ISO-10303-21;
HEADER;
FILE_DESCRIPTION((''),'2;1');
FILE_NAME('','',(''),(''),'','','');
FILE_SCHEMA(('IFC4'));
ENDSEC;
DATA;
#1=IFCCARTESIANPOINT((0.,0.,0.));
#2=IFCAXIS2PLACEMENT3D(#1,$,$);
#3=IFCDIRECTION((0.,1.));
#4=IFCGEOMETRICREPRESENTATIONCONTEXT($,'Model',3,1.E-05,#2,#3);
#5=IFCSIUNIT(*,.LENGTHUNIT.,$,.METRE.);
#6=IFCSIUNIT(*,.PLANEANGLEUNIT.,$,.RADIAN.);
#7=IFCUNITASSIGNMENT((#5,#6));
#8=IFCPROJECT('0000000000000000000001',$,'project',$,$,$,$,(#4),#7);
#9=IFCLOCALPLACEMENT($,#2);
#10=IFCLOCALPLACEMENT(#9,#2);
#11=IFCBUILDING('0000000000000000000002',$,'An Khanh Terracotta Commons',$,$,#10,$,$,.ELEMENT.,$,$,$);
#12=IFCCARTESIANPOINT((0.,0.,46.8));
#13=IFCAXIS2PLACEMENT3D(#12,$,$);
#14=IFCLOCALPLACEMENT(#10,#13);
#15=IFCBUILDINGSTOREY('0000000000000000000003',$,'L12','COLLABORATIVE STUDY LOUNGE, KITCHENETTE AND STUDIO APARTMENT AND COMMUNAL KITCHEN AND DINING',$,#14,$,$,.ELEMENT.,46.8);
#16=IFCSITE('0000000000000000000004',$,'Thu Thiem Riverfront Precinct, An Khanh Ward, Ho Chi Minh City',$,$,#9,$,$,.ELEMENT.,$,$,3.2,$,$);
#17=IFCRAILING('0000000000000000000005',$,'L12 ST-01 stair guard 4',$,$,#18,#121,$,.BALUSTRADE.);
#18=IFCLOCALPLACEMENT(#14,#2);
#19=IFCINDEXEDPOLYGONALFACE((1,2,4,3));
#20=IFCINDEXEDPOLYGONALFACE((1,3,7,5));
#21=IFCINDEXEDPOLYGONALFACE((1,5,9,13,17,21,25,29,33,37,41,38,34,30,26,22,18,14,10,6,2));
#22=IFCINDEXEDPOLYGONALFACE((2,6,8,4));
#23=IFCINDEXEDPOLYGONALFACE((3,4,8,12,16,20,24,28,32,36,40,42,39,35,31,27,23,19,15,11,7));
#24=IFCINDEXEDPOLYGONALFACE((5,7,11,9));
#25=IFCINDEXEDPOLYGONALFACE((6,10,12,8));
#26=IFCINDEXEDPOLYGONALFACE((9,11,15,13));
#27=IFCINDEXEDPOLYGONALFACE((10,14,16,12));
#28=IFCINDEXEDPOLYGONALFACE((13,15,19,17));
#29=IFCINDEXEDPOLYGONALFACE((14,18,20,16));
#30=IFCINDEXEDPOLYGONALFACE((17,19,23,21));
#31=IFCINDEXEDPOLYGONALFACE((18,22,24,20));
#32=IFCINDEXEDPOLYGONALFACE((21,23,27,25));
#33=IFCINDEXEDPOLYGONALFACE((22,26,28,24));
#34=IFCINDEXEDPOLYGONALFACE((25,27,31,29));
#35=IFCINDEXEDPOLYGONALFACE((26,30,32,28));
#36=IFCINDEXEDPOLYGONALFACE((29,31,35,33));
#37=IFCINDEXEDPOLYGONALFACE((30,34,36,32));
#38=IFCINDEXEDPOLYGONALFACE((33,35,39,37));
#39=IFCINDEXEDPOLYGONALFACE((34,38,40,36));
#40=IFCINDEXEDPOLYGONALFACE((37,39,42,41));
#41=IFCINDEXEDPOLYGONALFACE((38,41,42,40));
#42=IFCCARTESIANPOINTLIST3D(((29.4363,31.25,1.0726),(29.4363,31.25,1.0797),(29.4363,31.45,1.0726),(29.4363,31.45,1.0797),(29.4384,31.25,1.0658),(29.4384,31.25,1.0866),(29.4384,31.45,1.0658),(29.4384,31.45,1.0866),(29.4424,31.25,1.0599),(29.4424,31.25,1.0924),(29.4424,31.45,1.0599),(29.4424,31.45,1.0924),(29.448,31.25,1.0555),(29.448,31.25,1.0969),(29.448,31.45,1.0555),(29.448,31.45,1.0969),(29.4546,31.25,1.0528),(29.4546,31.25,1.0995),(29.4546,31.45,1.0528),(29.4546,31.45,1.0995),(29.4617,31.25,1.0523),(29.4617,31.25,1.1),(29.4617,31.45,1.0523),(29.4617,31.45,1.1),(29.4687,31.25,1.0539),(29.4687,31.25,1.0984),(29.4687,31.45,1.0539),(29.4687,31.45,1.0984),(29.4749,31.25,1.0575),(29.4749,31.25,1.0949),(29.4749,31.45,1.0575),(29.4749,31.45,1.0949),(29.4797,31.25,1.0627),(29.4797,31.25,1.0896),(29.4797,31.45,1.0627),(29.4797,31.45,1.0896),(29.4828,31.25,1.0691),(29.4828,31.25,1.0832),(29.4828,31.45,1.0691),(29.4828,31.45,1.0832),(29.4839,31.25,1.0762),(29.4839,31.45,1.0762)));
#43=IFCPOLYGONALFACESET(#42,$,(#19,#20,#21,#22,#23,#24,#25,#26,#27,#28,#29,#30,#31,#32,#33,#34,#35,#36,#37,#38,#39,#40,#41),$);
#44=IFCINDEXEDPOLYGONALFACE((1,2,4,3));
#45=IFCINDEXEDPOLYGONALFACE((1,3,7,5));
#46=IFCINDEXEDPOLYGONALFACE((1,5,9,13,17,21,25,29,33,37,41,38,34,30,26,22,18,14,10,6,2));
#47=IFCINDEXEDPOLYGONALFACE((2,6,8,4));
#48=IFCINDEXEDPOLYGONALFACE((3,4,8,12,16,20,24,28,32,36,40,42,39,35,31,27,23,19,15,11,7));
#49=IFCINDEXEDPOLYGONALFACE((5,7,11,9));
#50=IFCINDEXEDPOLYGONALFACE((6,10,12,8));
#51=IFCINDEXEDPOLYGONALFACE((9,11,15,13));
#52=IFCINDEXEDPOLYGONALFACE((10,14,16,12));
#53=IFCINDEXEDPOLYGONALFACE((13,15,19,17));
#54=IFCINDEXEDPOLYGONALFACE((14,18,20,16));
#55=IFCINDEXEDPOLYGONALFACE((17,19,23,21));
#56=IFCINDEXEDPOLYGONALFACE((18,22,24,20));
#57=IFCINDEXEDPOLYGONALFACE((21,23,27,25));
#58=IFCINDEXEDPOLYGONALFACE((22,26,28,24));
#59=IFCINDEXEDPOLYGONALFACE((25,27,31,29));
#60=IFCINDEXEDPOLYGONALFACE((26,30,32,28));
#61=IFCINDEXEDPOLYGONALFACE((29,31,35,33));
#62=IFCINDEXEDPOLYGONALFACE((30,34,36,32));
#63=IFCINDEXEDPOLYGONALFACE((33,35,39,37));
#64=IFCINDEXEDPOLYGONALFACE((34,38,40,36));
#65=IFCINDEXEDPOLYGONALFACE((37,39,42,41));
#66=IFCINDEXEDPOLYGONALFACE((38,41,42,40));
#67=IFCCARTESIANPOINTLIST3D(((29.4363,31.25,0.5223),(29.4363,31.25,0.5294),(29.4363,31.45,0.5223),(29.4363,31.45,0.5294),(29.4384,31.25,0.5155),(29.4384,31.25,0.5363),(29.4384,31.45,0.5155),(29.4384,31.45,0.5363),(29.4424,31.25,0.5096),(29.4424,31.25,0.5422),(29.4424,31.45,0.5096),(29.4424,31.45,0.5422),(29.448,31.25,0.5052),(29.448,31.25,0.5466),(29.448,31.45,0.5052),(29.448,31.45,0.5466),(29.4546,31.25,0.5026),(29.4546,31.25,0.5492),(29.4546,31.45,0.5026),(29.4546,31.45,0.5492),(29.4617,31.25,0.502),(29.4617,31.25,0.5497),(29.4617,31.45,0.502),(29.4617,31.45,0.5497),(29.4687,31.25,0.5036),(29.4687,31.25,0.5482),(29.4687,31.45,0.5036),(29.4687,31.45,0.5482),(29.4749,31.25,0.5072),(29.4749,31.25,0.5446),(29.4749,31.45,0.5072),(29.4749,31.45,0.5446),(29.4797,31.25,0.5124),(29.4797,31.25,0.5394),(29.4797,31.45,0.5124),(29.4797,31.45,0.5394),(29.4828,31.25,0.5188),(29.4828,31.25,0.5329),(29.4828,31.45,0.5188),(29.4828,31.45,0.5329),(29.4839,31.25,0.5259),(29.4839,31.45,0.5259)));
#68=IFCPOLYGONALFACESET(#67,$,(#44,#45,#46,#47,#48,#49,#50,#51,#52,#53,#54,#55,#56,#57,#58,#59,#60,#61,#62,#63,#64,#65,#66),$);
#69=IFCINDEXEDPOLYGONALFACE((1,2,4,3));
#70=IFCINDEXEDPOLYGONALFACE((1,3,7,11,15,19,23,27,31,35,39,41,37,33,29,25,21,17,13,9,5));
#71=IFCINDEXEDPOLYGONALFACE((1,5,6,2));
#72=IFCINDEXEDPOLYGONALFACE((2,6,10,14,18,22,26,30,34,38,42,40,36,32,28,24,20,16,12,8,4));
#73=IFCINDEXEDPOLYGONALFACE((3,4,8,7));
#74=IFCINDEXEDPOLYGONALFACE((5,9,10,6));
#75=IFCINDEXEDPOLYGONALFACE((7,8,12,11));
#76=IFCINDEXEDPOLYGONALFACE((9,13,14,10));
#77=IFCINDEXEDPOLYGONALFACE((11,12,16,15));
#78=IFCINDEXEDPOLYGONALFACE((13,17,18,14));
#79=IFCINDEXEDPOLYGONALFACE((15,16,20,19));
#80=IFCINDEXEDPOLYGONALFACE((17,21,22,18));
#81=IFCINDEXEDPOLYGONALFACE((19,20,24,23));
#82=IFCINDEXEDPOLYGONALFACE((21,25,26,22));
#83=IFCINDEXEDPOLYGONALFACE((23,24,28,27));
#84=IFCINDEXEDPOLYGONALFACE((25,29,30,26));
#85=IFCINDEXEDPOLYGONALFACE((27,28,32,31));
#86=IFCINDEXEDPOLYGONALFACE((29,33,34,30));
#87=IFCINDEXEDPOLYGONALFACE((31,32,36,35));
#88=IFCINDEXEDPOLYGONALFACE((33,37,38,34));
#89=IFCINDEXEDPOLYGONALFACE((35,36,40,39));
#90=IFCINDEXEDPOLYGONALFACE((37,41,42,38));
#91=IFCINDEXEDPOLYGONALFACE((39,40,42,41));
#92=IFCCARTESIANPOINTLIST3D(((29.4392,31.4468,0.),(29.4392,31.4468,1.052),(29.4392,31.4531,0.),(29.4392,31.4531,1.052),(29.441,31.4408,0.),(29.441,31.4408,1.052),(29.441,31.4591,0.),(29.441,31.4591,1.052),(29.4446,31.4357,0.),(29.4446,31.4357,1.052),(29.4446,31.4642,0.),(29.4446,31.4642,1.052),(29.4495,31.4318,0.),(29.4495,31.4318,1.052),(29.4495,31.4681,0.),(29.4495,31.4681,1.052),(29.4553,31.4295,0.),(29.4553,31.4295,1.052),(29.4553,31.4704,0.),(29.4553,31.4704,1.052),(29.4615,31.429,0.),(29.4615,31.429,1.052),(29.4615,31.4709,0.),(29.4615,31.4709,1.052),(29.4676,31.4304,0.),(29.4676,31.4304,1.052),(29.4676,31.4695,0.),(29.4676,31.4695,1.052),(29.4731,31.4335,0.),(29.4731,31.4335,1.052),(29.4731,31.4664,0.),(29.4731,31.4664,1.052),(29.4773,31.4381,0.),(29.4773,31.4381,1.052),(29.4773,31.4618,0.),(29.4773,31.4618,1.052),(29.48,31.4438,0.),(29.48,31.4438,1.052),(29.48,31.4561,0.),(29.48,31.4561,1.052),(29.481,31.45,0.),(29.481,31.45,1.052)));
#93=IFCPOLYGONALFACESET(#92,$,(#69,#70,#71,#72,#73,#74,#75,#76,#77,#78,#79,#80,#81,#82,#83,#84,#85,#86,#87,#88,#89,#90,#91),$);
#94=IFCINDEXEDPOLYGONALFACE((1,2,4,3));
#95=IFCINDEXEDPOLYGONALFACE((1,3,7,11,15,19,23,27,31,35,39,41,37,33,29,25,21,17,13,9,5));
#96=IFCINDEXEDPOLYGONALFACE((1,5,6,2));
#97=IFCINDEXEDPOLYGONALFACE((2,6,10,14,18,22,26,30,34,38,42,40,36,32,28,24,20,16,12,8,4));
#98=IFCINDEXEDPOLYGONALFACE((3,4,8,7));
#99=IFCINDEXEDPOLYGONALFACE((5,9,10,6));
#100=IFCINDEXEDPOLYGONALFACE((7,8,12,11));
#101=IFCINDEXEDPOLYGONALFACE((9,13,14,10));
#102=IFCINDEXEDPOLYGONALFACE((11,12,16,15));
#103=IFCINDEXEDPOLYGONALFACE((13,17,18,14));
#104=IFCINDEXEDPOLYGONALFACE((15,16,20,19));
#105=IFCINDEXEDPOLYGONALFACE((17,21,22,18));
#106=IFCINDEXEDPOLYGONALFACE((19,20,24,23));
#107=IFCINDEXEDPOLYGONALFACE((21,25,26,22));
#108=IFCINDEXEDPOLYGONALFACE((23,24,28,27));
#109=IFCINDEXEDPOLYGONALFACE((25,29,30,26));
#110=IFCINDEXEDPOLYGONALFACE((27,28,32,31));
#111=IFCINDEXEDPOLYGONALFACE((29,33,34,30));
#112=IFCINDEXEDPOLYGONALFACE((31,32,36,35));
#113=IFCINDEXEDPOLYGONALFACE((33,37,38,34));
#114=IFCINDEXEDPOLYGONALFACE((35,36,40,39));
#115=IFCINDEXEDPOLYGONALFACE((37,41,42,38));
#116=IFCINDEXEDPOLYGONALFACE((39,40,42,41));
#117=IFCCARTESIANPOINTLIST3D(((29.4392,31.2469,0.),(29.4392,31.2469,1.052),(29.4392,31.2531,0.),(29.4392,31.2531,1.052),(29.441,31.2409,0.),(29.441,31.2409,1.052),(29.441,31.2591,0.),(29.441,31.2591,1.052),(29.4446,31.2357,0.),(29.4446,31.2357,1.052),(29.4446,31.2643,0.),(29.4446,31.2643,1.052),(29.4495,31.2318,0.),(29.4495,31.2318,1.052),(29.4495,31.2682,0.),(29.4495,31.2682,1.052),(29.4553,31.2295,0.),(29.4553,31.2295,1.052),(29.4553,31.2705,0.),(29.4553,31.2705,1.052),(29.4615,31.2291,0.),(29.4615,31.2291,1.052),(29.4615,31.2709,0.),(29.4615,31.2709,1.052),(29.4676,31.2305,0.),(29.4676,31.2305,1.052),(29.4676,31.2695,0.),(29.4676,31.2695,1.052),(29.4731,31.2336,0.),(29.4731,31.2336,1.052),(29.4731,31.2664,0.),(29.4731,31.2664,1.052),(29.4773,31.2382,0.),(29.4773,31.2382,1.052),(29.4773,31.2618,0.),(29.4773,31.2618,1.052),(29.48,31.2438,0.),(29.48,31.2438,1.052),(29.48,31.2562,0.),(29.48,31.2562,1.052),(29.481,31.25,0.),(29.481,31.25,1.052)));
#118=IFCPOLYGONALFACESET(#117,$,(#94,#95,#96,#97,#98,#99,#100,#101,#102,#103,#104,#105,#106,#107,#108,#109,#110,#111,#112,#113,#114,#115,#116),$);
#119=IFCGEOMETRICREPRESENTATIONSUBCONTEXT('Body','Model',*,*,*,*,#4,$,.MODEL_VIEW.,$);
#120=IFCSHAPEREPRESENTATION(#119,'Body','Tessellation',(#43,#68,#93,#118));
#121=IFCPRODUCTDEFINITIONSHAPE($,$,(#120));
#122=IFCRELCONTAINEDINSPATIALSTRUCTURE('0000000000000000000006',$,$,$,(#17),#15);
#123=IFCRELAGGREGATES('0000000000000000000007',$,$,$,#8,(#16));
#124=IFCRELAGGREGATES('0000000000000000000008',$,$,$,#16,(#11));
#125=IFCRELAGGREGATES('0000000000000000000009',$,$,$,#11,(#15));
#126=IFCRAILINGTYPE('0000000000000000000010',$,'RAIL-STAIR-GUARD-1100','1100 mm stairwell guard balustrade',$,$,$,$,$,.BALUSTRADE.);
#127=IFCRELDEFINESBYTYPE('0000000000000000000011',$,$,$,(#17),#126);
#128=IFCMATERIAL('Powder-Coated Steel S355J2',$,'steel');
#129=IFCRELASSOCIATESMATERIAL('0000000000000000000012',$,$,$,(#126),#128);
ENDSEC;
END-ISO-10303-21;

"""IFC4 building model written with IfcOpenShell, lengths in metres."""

from ifc_helpers import new_model, si_unit, direction, frame, origin, origin_2d, place, context, subcontext, project, spatial, circle, extrude, material, type_object, element, save


model = new_model("IFC4")

# Units and contexts
model_context = context("Model", 3, precision=1e-05, world=origin(), true_north=direction((0.0, 1.0)))
body_context = subcontext(model_context, "Body", "Model", "MODEL_VIEW")
ifc_project = project(units=[si_unit("LENGTHUNIT", "METRE"), si_unit("PLANEANGLEUNIT", "RADIAN")], contexts=[model_context])

# Site, building, storey
site_placement = place(None, origin())
site = spatial("IfcSite", under=ifc_project, at=site_placement, Name="Thu Thiem Riverfront Precinct, An Khanh Ward, Ho Chi Minh City", CompositionType="ELEMENT", RefElevation=3.2)
building_placement = place(site_placement, origin())
building = spatial("IfcBuilding", under=site, at=building_placement, Name="An Khanh Terracotta Commons", CompositionType="ELEMENT")
storey_placement = place(building_placement, frame((0.0, 0.0, 46.8)))
storey = spatial("IfcBuildingStorey", under=building, at=storey_placement, Name="L12", Description="COLLABORATIVE STUDY LOUNGE, KITCHENETTE AND STUDIO APARTMENT AND COMMUNAL KITCHEN AND DINING", CompositionType="ELEMENT", Elevation=46.8)

# Railing
ifc_material_1 = material(Name="Powder-Coated Steel S355J2", Category="steel")
railing_type_1 = type_object("IfcRailingType", Name="RAIL-STAIR-GUARD-1100", Description="1100 mm stairwell guard balustrade", PredefinedType="BALUSTRADE", material=ifc_material_1)
railing_1_placement = place(storey_placement, frame((29.46, 31.45, 0.0)))
element("IfcRailing", 1, at=railing_1_placement, inside=storey, type_object=railing_type_1, Name="L12 ST-01 stair guard 4", PredefinedType="BALUSTRADE", context=body_context, shape_type="SweptSolid", body=[
    extrude(circle(Radius=0.0239, at=origin_2d()), frame((0.0, 0.0, 1.0762), z_axis=(0.0, -1.0, 0.0), x_axis=(1.0, 0.0, 0.0)), (0.0, 0.0, 1.0), 0.2),
    extrude(circle(Radius=0.0239, at=origin_2d()), frame((0.0, 0.0, 0.5259), z_axis=(0.0, -1.0, 0.0), x_axis=(1.0, 0.0, 0.0)), (0.0, 0.0, 1.0), 0.2),
    extrude(circle(Radius=0.021, at=origin_2d()), origin(), (0.0, 0.0, 1.0), 1.052),
    extrude(circle(Radius=0.021, at=origin_2d()), frame((0.0, -0.2, 0.0)), (0.0, 0.0, 1.0), 1.052),
])

save(model, "model.ifc")
